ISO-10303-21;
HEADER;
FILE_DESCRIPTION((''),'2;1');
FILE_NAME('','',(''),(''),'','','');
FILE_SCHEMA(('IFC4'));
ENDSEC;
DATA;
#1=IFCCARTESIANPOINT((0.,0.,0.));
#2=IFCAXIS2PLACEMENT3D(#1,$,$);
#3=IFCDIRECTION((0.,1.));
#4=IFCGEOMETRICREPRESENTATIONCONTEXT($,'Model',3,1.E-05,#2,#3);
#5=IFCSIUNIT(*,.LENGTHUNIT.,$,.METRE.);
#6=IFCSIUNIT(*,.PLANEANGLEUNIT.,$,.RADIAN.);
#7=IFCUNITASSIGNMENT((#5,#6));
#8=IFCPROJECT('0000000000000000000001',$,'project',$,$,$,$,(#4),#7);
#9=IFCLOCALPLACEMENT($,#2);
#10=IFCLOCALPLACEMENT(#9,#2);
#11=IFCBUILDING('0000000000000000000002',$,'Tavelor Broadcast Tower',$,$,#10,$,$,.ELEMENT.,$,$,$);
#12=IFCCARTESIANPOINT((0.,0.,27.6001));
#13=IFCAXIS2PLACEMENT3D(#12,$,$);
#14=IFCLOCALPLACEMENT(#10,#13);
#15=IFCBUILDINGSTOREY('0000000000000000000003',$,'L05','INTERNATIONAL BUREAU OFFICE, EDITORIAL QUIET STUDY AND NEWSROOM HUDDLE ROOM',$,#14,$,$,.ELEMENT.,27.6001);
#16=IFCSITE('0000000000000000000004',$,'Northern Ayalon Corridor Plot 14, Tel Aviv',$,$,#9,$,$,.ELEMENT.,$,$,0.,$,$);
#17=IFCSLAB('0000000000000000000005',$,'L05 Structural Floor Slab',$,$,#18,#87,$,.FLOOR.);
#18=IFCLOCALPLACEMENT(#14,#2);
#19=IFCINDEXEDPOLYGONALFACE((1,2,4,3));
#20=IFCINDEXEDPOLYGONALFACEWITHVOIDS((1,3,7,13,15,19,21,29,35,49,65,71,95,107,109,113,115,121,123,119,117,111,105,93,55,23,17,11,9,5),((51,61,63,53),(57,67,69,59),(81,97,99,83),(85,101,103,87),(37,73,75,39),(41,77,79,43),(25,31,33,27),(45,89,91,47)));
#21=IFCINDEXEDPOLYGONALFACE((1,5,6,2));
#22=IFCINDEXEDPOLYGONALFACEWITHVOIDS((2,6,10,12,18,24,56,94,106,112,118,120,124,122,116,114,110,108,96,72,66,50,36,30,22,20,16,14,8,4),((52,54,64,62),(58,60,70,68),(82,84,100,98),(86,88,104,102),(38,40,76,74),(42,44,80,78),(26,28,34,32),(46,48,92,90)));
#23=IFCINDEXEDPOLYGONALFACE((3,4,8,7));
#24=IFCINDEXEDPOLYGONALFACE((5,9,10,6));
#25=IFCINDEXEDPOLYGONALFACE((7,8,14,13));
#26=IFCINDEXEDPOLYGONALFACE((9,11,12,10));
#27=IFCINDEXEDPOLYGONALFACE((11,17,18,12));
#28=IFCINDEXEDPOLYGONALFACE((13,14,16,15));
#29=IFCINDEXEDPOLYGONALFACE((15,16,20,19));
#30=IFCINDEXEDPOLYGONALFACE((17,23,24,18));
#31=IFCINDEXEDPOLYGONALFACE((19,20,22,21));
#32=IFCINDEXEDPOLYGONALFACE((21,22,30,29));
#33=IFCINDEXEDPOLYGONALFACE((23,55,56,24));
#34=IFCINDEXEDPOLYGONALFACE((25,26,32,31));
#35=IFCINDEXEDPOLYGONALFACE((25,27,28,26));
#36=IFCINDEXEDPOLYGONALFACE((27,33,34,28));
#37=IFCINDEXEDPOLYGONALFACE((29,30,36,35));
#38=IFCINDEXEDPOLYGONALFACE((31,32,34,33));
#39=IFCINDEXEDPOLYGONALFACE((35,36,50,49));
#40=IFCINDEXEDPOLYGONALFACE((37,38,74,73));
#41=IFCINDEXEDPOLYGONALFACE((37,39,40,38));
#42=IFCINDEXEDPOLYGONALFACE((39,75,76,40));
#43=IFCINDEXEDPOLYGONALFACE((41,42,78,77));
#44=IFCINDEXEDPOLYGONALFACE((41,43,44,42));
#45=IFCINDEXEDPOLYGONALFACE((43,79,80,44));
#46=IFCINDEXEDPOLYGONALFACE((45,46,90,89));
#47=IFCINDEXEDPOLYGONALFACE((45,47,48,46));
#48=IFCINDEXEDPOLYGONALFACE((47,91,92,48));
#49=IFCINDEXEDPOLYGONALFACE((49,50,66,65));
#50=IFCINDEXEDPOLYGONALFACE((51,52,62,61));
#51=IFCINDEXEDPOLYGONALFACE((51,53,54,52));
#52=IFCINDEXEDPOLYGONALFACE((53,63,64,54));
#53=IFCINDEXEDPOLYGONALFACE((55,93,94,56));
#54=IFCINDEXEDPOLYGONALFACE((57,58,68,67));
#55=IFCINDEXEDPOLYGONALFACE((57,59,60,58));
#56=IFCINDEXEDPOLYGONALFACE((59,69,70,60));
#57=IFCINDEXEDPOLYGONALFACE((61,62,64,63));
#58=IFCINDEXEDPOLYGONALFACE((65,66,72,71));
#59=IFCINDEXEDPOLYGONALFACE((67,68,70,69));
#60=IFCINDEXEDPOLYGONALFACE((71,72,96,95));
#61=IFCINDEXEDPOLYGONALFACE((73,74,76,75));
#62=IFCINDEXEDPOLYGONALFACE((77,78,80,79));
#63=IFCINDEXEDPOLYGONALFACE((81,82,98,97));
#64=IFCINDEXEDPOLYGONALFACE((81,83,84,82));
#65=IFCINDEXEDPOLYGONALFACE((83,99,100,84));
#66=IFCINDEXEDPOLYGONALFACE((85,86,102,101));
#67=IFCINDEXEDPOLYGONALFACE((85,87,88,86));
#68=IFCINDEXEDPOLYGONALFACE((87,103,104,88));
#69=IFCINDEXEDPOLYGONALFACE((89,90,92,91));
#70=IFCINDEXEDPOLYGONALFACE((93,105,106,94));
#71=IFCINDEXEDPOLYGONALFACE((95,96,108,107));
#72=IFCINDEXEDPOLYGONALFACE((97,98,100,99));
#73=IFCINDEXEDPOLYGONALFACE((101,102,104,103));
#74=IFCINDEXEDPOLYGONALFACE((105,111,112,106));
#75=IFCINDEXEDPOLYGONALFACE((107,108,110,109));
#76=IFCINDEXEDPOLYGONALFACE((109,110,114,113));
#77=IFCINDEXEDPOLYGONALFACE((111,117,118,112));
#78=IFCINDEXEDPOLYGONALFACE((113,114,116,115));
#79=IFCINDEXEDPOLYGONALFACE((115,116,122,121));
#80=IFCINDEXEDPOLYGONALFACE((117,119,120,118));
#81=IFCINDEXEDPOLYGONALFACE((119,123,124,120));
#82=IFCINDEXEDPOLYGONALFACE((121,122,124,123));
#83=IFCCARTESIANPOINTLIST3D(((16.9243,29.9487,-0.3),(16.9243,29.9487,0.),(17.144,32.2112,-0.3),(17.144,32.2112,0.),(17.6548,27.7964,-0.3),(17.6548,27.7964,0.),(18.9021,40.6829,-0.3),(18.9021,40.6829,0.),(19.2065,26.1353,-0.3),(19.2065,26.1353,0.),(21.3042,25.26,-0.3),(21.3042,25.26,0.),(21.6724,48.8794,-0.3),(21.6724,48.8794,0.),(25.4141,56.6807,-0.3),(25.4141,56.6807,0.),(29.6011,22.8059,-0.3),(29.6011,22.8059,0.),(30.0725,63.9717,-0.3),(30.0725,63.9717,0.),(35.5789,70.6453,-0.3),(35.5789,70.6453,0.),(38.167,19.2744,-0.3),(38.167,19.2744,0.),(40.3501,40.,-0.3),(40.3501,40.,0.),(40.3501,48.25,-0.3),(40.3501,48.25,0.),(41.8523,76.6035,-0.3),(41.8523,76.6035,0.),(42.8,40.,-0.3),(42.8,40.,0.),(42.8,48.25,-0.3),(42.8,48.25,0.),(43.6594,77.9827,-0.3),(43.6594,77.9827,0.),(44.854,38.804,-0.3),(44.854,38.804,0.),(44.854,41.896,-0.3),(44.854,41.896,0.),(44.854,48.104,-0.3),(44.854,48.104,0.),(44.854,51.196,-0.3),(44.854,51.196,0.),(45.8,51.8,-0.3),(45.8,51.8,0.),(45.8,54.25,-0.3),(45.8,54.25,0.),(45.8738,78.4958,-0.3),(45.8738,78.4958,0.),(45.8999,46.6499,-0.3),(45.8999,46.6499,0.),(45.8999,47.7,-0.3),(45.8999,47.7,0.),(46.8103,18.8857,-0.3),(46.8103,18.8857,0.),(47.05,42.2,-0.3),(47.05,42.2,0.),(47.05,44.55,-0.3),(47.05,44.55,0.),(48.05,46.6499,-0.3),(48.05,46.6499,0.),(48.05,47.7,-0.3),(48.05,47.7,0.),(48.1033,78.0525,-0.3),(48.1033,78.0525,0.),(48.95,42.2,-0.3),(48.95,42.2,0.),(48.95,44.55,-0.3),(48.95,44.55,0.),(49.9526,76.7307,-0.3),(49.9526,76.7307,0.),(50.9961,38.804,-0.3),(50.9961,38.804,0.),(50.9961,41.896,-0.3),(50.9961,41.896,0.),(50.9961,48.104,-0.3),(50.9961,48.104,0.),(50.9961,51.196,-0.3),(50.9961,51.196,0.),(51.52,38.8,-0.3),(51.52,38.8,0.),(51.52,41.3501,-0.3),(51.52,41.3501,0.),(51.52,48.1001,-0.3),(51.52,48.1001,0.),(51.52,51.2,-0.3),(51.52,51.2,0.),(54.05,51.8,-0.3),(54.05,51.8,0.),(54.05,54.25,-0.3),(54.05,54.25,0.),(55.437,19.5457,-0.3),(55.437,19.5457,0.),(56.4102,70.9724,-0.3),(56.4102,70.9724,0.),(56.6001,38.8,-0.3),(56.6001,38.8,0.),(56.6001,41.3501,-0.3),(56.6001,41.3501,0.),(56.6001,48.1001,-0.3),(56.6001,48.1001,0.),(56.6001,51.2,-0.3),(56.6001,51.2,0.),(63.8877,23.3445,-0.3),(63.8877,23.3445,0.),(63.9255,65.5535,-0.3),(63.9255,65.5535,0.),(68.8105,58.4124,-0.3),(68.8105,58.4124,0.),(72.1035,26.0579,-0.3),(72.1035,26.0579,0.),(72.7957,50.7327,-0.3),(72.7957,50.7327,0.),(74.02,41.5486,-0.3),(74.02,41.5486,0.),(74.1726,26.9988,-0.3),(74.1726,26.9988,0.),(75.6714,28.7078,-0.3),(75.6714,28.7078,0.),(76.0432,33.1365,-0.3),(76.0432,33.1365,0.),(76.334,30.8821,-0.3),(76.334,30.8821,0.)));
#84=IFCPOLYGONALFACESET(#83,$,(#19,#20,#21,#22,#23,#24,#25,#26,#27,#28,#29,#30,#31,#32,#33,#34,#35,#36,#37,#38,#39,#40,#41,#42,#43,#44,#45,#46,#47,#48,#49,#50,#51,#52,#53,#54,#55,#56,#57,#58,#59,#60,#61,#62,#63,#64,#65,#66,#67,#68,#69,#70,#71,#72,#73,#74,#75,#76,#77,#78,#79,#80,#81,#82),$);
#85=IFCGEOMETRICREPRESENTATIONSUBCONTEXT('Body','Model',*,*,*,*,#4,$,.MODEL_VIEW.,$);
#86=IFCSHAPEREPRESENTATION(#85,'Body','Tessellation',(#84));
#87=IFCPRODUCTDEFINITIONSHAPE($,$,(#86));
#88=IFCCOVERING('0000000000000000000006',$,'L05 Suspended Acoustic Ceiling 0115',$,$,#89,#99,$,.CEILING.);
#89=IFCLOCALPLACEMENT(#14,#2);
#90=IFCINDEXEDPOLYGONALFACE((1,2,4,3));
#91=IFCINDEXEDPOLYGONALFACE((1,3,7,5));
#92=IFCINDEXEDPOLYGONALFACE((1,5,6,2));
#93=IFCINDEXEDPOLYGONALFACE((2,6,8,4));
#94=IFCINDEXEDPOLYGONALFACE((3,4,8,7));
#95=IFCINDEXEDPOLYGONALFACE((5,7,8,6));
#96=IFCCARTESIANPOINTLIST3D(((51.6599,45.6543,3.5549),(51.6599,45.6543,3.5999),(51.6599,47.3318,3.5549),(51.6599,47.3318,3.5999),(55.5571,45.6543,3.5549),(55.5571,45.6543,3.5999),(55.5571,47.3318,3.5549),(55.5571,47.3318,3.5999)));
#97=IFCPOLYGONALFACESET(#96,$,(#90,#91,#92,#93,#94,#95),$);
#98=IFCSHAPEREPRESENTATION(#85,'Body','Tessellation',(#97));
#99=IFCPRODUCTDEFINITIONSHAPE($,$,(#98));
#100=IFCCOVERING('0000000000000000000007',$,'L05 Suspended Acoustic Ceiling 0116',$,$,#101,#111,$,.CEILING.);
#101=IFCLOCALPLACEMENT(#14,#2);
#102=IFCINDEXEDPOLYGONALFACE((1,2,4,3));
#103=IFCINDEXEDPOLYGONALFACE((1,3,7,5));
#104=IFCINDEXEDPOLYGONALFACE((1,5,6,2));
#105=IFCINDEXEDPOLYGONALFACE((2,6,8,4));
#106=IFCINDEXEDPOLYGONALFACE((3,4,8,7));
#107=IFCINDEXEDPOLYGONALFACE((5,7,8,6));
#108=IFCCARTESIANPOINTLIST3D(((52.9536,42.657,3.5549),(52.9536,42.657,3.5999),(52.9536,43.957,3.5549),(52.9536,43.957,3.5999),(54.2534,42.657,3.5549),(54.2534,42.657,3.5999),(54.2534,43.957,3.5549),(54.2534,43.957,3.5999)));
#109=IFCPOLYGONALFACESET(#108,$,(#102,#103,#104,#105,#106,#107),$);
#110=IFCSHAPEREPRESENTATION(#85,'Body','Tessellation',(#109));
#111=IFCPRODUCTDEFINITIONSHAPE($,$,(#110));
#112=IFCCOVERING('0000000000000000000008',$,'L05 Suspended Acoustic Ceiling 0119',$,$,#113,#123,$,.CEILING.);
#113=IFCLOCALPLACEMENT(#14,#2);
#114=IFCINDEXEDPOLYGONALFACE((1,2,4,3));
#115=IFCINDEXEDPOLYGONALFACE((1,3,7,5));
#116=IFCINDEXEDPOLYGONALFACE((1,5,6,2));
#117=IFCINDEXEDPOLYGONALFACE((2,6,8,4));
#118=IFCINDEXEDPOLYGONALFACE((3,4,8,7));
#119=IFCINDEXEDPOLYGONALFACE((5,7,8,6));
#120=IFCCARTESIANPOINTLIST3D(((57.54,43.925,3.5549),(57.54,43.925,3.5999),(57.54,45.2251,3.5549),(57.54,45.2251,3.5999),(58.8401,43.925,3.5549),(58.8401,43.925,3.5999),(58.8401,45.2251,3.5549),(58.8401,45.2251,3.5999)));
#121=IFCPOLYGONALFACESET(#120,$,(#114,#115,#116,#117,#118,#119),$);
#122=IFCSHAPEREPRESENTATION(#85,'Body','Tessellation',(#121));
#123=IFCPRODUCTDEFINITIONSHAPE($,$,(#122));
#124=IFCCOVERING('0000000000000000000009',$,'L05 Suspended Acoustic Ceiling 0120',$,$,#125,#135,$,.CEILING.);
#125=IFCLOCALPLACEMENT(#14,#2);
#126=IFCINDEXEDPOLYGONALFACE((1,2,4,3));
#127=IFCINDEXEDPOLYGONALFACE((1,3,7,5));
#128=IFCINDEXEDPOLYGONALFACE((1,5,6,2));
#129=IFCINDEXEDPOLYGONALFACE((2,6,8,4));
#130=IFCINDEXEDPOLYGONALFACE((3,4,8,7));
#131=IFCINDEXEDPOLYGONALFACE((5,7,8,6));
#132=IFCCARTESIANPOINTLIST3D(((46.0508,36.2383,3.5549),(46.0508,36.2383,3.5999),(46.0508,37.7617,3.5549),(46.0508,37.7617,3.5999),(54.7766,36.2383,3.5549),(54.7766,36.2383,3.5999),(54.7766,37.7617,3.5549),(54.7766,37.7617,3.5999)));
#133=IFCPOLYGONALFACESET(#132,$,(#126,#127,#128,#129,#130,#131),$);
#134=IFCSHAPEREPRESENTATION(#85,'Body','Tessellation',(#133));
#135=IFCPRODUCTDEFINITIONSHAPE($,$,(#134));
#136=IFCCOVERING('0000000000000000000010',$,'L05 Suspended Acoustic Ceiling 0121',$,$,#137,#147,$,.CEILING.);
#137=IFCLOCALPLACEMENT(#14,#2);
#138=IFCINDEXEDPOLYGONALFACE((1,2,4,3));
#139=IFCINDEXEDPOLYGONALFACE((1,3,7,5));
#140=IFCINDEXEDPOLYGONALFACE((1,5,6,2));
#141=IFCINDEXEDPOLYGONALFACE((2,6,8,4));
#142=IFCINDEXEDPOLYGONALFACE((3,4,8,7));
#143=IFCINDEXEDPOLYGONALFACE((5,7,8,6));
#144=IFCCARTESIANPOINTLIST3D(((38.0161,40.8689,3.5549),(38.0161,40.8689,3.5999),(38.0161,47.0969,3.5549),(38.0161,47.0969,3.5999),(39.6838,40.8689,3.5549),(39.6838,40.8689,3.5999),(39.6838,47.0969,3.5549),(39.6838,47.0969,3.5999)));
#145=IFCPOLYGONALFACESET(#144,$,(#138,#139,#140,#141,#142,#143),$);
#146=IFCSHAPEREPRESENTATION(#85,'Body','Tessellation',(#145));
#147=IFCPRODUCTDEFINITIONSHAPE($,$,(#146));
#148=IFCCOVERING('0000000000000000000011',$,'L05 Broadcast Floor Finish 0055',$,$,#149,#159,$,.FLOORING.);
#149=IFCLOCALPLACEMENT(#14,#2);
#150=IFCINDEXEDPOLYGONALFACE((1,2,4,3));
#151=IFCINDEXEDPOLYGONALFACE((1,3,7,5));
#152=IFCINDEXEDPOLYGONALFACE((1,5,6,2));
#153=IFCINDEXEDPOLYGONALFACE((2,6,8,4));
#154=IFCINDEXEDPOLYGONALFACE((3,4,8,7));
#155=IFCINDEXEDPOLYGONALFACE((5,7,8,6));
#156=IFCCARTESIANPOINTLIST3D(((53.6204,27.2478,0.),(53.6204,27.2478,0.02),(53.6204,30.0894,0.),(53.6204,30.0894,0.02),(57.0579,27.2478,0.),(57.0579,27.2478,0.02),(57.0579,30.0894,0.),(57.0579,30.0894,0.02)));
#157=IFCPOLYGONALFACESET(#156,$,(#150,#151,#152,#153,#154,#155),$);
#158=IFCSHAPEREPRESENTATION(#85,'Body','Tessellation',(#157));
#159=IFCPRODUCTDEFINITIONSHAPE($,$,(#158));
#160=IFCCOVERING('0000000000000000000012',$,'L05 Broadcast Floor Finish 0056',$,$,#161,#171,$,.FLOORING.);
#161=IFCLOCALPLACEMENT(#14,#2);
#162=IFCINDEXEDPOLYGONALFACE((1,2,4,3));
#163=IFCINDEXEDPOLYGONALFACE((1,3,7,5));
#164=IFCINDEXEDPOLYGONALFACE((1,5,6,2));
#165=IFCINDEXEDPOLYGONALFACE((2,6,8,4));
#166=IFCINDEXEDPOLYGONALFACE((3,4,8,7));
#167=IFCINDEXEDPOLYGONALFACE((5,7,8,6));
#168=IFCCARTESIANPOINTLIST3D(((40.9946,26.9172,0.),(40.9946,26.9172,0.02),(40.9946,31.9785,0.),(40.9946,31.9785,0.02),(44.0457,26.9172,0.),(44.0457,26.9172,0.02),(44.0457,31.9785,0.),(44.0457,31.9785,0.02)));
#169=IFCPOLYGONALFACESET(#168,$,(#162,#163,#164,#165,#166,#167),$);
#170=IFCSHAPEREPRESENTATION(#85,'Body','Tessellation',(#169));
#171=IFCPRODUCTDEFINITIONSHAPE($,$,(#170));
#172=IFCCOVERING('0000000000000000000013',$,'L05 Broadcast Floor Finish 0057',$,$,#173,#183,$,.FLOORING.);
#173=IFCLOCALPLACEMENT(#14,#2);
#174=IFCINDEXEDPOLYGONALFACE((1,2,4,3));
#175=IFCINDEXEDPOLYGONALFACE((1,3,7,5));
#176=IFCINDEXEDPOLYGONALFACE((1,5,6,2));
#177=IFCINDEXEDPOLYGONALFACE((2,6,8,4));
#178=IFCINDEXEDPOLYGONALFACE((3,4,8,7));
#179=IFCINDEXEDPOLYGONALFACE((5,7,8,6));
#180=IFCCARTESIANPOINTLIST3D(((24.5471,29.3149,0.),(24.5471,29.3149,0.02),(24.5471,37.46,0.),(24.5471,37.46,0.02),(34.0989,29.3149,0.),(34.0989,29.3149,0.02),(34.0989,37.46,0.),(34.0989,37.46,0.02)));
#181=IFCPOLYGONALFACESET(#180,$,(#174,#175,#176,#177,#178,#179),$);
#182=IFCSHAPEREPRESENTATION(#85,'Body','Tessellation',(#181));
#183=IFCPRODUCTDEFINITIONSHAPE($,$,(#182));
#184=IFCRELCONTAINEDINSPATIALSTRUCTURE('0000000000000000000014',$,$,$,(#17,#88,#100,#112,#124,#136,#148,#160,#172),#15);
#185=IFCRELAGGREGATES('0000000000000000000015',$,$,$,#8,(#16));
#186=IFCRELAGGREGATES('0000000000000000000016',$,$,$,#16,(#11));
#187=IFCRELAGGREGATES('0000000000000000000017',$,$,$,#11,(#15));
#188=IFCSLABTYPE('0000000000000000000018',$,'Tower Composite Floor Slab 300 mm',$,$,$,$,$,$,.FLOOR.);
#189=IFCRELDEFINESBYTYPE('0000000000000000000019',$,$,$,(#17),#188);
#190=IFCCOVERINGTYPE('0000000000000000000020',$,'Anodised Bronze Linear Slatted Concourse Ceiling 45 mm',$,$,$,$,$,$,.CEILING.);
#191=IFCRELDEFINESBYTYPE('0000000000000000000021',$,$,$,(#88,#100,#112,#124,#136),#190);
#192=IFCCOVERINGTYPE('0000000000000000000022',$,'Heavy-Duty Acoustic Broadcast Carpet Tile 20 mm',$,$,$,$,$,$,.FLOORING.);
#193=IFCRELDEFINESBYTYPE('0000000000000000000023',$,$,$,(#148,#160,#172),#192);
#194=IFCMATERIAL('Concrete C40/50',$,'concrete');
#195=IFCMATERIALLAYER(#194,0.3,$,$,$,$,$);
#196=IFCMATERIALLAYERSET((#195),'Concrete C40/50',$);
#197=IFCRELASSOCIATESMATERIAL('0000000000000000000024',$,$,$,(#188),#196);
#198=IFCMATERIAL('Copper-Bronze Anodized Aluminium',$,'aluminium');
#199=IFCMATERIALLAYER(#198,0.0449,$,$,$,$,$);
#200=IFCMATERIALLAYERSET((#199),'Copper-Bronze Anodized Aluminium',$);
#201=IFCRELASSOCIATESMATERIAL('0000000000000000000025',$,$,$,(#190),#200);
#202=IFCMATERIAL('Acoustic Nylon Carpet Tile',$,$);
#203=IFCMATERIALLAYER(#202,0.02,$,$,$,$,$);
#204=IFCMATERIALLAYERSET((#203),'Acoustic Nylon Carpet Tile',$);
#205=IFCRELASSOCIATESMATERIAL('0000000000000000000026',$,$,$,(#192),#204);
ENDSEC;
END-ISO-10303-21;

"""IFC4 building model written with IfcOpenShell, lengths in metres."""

from ifc_helpers import new_model, si_unit, direction, frame, origin, place, context, subcontext, project, spatial, polyline, outline, extrude, material, layer, layer_set, type_object, element, save


model = new_model("IFC4")

# Units and contexts
model_context = context("Model", 3, precision=1e-05, world=origin(), true_north=direction((0.0, 1.0)))
body_context = subcontext(model_context, "Body", "Model", "MODEL_VIEW")
ifc_project = project(units=[si_unit("LENGTHUNIT", "METRE"), si_unit("PLANEANGLEUNIT", "RADIAN")], contexts=[model_context])

# Site, building, storey
site_placement = place(None, origin())
site = spatial("IfcSite", under=ifc_project, at=site_placement, Name="Northern Ayalon Corridor Plot 14, Tel Aviv", CompositionType="ELEMENT", RefElevation=0.0)
building_placement = place(site_placement, origin())
building = spatial("IfcBuilding", under=site, at=building_placement, Name="Tavelor Broadcast Tower", CompositionType="ELEMENT")
storey_placement = place(building_placement, frame((0.0, 0.0, 27.6001)))
storey = spatial("IfcBuildingStorey", under=building, at=storey_placement, Name="L05", Description="INTERNATIONAL BUREAU OFFICE, EDITORIAL QUIET STUDY AND NEWSROOM HUDDLE ROOM", CompositionType="ELEMENT", Elevation=27.6001)

# Shared definitions
ifc_material_1 = material(Name="Concrete C40/50", Category="concrete")

# Slab
ifc_layer_1 = layer(ifc_material_1, 0.3)
ifc_layer_set_1 = layer_set([ifc_layer_1], Name="Concrete C40/50")
slab_type_1 = type_object("IfcSlabType", Name="Tower Composite Floor Slab 300 mm", PredefinedType="FLOOR", material=ifc_layer_set_1)
slab_1_placement = place(storey_placement, frame((0.0, 0.0, -0.3)))
element("IfcSlab", 1, at=slab_1_placement, inside=storey, type_object=slab_type_1, Name="L05 Structural Floor Slab", PredefinedType="FLOOR", context=body_context, shape_type="SweptSolid", body=[
    extrude(outline(polyline([(49.9526, 76.7307), (48.1033, 78.0525), (45.8738, 78.4958), (43.6594, 77.9827), (41.8523, 76.6035), (35.5789, 70.6453), (30.0725, 63.9717), (25.4141, 56.6807), (21.6724, 48.8794), (18.9021, 40.6829), (17.144, 32.2112), (16.9243, 29.9487), (17.6548, 27.7964), (19.2065, 26.1353), (21.3042, 25.26), (29.6011, 22.8059), (38.167, 19.2744), (46.8103, 18.8857), (55.437, 19.5457), (63.8877, 23.3445), (72.1035, 26.0579), (74.1726, 26.9988), (75.6714, 28.7078), (76.334, 30.8821), (76.0432, 33.1365), (74.02, 41.5486), (72.7957, 50.7327), (68.8105, 58.4124), (63.9255, 65.5535), (56.4102, 70.9724), (49.9526, 76.7307)]), holes=[polyline([(56.6001, 38.8), (51.52, 38.8), (51.52, 41.3501), (56.6001, 41.3501), (56.6001, 38.8)]), polyline([(50.9961, 38.804), (44.854, 38.804), (44.854, 41.896), (50.9961, 41.896), (50.9961, 38.804)]), polyline([(47.05, 42.2), (47.05, 44.55), (48.95, 44.55), (48.95, 42.2), (47.05, 42.2)]), polyline([(40.3501, 40.0), (40.3501, 48.25), (42.8, 48.25), (42.8, 40.0), (40.3501, 40.0)]), polyline([(48.05, 46.6499), (45.8999, 46.6499), (45.8999, 47.7), (48.05, 47.7), (48.05, 46.6499)]), polyline([(50.9961, 48.104), (44.854, 48.104), (44.854, 51.196), (50.9961, 51.196), (50.9961, 48.104)]), polyline([(56.6001, 48.1001), (51.52, 48.1001), (51.52, 51.2), (56.6001, 51.2), (56.6001, 48.1001)]), polyline([(54.05, 51.8), (45.8, 51.8), (45.8, 54.25), (54.05, 54.25), (54.05, 51.8)])]), origin(), (0.0, 0.0, 1.0), 0.3),
])

# Coverings
ifc_material_2 = material(Name="Copper-Bronze Anodized Aluminium", Category="aluminium")
ifc_layer_2 = layer(ifc_material_2, 0.0449)
ifc_layer_set_2 = layer_set([ifc_layer_2], Name="Copper-Bronze Anodized Aluminium")
covering_type_1 = type_object("IfcCoveringType", Name="Anodised Bronze Linear Slatted Concourse Ceiling 45 mm", PredefinedType="CEILING", material=ifc_layer_set_2)
covering_1_placement = place(storey_placement, frame((0.0, 0.0, 3.5549)))
element("IfcCovering", 2, at=covering_1_placement, inside=storey, type_object=covering_type_1, Name="L05 Suspended Acoustic Ceiling 0115", PredefinedType="CEILING", context=body_context, shape_type="SweptSolid", body=[
    extrude(outline(polyline([(51.6599, 45.6543), (55.5571, 45.6543), (55.5571, 47.3318), (51.6599, 47.3318), (51.6599, 45.6543)])), origin(), (0.0, 0.0, 1.0), 0.0449),
])
covering_2_placement = place(storey_placement, frame((0.0, 0.0, 3.5549)))
element("IfcCovering", 3, at=covering_2_placement, inside=storey, type_object=covering_type_1, Name="L05 Suspended Acoustic Ceiling 0116", PredefinedType="CEILING", context=body_context, shape_type="SweptSolid", body=[
    extrude(outline(polyline([(52.9536, 42.657), (54.2534, 42.657), (54.2534, 43.957), (52.9536, 43.957), (52.9536, 42.657)])), origin(), (0.0, 0.0, 1.0), 0.0449),
])
covering_3_placement = place(storey_placement, frame((0.0, 0.0, 3.5549)))
element("IfcCovering", 4, at=covering_3_placement, inside=storey, type_object=covering_type_1, Name="L05 Suspended Acoustic Ceiling 0119", PredefinedType="CEILING", context=body_context, shape_type="SweptSolid", body=[
    extrude(outline(polyline([(57.54, 43.925), (58.8401, 43.925), (58.8401, 45.2251), (57.54, 45.2251), (57.54, 43.925)])), origin(), (0.0, 0.0, 1.0), 0.0449),
])
covering_4_placement = place(storey_placement, frame((0.0, 0.0, 3.5549)))
element("IfcCovering", 5, at=covering_4_placement, inside=storey, type_object=covering_type_1, Name="L05 Suspended Acoustic Ceiling 0120", PredefinedType="CEILING", context=body_context, shape_type="SweptSolid", body=[
    extrude(outline(polyline([(46.0508, 36.2383), (54.7766, 36.2383), (54.7766, 37.7617), (46.0508, 37.7617), (46.0508, 36.2383)])), origin(), (0.0, 0.0, 1.0), 0.0449),
])
covering_5_placement = place(storey_placement, frame((0.0, 0.0, 3.5549)))
element("IfcCovering", 6, at=covering_5_placement, inside=storey, type_object=covering_type_1, Name="L05 Suspended Acoustic Ceiling 0121", PredefinedType="CEILING", context=body_context, shape_type="SweptSolid", body=[
    extrude(outline(polyline([(38.0161, 40.8689), (39.6838, 40.8689), (39.6838, 47.0969), (38.0161, 47.0969), (38.0161, 40.8689)])), origin(), (0.0, 0.0, 1.0), 0.0449),
])
ifc_material_3 = material(Name="Acoustic Nylon Carpet Tile")
ifc_layer_3 = layer(ifc_material_3, 0.02)
ifc_layer_set_3 = layer_set([ifc_layer_3], Name="Acoustic Nylon Carpet Tile")
covering_type_2 = type_object("IfcCoveringType", Name="Heavy-Duty Acoustic Broadcast Carpet Tile 20 mm", PredefinedType="FLOORING", material=ifc_layer_set_3)
covering_6_placement = place(storey_placement, origin())
element("IfcCovering", 7, at=covering_6_placement, inside=storey, type_object=covering_type_2, Name="L05 Broadcast Floor Finish 0055", PredefinedType="FLOORING", context=body_context, shape_type="SweptSolid", body=[
    extrude(outline(polyline([(53.6204, 27.2478), (57.0579, 27.2478), (57.0579, 30.0894), (53.6204, 30.0894), (53.6204, 27.2478)])), origin(), (0.0, 0.0, 1.0), 0.02),
])
covering_7_placement = place(storey_placement, origin())
element("IfcCovering", 8, at=covering_7_placement, inside=storey, type_object=covering_type_2, Name="L05 Broadcast Floor Finish 0056", PredefinedType="FLOORING", context=body_context, shape_type="SweptSolid", body=[
    extrude(outline(polyline([(40.9946, 26.9172), (44.0457, 26.9172), (44.0457, 31.9785), (40.9946, 31.9785), (40.9946, 26.9172)])), origin(), (0.0, 0.0, 1.0), 0.02),
])
covering_8_placement = place(storey_placement, origin())
element("IfcCovering", 9, at=covering_8_placement, inside=storey, type_object=covering_type_2, Name="L05 Broadcast Floor Finish 0057", PredefinedType="FLOORING", context=body_context, shape_type="SweptSolid", body=[
    extrude(outline(polyline([(24.5471, 29.3149), (34.0989, 29.3149), (34.0989, 37.46), (24.5471, 37.46), (24.5471, 29.3149)])), origin(), (0.0, 0.0, 1.0), 0.02),
])

save(model, "model.ifc")
